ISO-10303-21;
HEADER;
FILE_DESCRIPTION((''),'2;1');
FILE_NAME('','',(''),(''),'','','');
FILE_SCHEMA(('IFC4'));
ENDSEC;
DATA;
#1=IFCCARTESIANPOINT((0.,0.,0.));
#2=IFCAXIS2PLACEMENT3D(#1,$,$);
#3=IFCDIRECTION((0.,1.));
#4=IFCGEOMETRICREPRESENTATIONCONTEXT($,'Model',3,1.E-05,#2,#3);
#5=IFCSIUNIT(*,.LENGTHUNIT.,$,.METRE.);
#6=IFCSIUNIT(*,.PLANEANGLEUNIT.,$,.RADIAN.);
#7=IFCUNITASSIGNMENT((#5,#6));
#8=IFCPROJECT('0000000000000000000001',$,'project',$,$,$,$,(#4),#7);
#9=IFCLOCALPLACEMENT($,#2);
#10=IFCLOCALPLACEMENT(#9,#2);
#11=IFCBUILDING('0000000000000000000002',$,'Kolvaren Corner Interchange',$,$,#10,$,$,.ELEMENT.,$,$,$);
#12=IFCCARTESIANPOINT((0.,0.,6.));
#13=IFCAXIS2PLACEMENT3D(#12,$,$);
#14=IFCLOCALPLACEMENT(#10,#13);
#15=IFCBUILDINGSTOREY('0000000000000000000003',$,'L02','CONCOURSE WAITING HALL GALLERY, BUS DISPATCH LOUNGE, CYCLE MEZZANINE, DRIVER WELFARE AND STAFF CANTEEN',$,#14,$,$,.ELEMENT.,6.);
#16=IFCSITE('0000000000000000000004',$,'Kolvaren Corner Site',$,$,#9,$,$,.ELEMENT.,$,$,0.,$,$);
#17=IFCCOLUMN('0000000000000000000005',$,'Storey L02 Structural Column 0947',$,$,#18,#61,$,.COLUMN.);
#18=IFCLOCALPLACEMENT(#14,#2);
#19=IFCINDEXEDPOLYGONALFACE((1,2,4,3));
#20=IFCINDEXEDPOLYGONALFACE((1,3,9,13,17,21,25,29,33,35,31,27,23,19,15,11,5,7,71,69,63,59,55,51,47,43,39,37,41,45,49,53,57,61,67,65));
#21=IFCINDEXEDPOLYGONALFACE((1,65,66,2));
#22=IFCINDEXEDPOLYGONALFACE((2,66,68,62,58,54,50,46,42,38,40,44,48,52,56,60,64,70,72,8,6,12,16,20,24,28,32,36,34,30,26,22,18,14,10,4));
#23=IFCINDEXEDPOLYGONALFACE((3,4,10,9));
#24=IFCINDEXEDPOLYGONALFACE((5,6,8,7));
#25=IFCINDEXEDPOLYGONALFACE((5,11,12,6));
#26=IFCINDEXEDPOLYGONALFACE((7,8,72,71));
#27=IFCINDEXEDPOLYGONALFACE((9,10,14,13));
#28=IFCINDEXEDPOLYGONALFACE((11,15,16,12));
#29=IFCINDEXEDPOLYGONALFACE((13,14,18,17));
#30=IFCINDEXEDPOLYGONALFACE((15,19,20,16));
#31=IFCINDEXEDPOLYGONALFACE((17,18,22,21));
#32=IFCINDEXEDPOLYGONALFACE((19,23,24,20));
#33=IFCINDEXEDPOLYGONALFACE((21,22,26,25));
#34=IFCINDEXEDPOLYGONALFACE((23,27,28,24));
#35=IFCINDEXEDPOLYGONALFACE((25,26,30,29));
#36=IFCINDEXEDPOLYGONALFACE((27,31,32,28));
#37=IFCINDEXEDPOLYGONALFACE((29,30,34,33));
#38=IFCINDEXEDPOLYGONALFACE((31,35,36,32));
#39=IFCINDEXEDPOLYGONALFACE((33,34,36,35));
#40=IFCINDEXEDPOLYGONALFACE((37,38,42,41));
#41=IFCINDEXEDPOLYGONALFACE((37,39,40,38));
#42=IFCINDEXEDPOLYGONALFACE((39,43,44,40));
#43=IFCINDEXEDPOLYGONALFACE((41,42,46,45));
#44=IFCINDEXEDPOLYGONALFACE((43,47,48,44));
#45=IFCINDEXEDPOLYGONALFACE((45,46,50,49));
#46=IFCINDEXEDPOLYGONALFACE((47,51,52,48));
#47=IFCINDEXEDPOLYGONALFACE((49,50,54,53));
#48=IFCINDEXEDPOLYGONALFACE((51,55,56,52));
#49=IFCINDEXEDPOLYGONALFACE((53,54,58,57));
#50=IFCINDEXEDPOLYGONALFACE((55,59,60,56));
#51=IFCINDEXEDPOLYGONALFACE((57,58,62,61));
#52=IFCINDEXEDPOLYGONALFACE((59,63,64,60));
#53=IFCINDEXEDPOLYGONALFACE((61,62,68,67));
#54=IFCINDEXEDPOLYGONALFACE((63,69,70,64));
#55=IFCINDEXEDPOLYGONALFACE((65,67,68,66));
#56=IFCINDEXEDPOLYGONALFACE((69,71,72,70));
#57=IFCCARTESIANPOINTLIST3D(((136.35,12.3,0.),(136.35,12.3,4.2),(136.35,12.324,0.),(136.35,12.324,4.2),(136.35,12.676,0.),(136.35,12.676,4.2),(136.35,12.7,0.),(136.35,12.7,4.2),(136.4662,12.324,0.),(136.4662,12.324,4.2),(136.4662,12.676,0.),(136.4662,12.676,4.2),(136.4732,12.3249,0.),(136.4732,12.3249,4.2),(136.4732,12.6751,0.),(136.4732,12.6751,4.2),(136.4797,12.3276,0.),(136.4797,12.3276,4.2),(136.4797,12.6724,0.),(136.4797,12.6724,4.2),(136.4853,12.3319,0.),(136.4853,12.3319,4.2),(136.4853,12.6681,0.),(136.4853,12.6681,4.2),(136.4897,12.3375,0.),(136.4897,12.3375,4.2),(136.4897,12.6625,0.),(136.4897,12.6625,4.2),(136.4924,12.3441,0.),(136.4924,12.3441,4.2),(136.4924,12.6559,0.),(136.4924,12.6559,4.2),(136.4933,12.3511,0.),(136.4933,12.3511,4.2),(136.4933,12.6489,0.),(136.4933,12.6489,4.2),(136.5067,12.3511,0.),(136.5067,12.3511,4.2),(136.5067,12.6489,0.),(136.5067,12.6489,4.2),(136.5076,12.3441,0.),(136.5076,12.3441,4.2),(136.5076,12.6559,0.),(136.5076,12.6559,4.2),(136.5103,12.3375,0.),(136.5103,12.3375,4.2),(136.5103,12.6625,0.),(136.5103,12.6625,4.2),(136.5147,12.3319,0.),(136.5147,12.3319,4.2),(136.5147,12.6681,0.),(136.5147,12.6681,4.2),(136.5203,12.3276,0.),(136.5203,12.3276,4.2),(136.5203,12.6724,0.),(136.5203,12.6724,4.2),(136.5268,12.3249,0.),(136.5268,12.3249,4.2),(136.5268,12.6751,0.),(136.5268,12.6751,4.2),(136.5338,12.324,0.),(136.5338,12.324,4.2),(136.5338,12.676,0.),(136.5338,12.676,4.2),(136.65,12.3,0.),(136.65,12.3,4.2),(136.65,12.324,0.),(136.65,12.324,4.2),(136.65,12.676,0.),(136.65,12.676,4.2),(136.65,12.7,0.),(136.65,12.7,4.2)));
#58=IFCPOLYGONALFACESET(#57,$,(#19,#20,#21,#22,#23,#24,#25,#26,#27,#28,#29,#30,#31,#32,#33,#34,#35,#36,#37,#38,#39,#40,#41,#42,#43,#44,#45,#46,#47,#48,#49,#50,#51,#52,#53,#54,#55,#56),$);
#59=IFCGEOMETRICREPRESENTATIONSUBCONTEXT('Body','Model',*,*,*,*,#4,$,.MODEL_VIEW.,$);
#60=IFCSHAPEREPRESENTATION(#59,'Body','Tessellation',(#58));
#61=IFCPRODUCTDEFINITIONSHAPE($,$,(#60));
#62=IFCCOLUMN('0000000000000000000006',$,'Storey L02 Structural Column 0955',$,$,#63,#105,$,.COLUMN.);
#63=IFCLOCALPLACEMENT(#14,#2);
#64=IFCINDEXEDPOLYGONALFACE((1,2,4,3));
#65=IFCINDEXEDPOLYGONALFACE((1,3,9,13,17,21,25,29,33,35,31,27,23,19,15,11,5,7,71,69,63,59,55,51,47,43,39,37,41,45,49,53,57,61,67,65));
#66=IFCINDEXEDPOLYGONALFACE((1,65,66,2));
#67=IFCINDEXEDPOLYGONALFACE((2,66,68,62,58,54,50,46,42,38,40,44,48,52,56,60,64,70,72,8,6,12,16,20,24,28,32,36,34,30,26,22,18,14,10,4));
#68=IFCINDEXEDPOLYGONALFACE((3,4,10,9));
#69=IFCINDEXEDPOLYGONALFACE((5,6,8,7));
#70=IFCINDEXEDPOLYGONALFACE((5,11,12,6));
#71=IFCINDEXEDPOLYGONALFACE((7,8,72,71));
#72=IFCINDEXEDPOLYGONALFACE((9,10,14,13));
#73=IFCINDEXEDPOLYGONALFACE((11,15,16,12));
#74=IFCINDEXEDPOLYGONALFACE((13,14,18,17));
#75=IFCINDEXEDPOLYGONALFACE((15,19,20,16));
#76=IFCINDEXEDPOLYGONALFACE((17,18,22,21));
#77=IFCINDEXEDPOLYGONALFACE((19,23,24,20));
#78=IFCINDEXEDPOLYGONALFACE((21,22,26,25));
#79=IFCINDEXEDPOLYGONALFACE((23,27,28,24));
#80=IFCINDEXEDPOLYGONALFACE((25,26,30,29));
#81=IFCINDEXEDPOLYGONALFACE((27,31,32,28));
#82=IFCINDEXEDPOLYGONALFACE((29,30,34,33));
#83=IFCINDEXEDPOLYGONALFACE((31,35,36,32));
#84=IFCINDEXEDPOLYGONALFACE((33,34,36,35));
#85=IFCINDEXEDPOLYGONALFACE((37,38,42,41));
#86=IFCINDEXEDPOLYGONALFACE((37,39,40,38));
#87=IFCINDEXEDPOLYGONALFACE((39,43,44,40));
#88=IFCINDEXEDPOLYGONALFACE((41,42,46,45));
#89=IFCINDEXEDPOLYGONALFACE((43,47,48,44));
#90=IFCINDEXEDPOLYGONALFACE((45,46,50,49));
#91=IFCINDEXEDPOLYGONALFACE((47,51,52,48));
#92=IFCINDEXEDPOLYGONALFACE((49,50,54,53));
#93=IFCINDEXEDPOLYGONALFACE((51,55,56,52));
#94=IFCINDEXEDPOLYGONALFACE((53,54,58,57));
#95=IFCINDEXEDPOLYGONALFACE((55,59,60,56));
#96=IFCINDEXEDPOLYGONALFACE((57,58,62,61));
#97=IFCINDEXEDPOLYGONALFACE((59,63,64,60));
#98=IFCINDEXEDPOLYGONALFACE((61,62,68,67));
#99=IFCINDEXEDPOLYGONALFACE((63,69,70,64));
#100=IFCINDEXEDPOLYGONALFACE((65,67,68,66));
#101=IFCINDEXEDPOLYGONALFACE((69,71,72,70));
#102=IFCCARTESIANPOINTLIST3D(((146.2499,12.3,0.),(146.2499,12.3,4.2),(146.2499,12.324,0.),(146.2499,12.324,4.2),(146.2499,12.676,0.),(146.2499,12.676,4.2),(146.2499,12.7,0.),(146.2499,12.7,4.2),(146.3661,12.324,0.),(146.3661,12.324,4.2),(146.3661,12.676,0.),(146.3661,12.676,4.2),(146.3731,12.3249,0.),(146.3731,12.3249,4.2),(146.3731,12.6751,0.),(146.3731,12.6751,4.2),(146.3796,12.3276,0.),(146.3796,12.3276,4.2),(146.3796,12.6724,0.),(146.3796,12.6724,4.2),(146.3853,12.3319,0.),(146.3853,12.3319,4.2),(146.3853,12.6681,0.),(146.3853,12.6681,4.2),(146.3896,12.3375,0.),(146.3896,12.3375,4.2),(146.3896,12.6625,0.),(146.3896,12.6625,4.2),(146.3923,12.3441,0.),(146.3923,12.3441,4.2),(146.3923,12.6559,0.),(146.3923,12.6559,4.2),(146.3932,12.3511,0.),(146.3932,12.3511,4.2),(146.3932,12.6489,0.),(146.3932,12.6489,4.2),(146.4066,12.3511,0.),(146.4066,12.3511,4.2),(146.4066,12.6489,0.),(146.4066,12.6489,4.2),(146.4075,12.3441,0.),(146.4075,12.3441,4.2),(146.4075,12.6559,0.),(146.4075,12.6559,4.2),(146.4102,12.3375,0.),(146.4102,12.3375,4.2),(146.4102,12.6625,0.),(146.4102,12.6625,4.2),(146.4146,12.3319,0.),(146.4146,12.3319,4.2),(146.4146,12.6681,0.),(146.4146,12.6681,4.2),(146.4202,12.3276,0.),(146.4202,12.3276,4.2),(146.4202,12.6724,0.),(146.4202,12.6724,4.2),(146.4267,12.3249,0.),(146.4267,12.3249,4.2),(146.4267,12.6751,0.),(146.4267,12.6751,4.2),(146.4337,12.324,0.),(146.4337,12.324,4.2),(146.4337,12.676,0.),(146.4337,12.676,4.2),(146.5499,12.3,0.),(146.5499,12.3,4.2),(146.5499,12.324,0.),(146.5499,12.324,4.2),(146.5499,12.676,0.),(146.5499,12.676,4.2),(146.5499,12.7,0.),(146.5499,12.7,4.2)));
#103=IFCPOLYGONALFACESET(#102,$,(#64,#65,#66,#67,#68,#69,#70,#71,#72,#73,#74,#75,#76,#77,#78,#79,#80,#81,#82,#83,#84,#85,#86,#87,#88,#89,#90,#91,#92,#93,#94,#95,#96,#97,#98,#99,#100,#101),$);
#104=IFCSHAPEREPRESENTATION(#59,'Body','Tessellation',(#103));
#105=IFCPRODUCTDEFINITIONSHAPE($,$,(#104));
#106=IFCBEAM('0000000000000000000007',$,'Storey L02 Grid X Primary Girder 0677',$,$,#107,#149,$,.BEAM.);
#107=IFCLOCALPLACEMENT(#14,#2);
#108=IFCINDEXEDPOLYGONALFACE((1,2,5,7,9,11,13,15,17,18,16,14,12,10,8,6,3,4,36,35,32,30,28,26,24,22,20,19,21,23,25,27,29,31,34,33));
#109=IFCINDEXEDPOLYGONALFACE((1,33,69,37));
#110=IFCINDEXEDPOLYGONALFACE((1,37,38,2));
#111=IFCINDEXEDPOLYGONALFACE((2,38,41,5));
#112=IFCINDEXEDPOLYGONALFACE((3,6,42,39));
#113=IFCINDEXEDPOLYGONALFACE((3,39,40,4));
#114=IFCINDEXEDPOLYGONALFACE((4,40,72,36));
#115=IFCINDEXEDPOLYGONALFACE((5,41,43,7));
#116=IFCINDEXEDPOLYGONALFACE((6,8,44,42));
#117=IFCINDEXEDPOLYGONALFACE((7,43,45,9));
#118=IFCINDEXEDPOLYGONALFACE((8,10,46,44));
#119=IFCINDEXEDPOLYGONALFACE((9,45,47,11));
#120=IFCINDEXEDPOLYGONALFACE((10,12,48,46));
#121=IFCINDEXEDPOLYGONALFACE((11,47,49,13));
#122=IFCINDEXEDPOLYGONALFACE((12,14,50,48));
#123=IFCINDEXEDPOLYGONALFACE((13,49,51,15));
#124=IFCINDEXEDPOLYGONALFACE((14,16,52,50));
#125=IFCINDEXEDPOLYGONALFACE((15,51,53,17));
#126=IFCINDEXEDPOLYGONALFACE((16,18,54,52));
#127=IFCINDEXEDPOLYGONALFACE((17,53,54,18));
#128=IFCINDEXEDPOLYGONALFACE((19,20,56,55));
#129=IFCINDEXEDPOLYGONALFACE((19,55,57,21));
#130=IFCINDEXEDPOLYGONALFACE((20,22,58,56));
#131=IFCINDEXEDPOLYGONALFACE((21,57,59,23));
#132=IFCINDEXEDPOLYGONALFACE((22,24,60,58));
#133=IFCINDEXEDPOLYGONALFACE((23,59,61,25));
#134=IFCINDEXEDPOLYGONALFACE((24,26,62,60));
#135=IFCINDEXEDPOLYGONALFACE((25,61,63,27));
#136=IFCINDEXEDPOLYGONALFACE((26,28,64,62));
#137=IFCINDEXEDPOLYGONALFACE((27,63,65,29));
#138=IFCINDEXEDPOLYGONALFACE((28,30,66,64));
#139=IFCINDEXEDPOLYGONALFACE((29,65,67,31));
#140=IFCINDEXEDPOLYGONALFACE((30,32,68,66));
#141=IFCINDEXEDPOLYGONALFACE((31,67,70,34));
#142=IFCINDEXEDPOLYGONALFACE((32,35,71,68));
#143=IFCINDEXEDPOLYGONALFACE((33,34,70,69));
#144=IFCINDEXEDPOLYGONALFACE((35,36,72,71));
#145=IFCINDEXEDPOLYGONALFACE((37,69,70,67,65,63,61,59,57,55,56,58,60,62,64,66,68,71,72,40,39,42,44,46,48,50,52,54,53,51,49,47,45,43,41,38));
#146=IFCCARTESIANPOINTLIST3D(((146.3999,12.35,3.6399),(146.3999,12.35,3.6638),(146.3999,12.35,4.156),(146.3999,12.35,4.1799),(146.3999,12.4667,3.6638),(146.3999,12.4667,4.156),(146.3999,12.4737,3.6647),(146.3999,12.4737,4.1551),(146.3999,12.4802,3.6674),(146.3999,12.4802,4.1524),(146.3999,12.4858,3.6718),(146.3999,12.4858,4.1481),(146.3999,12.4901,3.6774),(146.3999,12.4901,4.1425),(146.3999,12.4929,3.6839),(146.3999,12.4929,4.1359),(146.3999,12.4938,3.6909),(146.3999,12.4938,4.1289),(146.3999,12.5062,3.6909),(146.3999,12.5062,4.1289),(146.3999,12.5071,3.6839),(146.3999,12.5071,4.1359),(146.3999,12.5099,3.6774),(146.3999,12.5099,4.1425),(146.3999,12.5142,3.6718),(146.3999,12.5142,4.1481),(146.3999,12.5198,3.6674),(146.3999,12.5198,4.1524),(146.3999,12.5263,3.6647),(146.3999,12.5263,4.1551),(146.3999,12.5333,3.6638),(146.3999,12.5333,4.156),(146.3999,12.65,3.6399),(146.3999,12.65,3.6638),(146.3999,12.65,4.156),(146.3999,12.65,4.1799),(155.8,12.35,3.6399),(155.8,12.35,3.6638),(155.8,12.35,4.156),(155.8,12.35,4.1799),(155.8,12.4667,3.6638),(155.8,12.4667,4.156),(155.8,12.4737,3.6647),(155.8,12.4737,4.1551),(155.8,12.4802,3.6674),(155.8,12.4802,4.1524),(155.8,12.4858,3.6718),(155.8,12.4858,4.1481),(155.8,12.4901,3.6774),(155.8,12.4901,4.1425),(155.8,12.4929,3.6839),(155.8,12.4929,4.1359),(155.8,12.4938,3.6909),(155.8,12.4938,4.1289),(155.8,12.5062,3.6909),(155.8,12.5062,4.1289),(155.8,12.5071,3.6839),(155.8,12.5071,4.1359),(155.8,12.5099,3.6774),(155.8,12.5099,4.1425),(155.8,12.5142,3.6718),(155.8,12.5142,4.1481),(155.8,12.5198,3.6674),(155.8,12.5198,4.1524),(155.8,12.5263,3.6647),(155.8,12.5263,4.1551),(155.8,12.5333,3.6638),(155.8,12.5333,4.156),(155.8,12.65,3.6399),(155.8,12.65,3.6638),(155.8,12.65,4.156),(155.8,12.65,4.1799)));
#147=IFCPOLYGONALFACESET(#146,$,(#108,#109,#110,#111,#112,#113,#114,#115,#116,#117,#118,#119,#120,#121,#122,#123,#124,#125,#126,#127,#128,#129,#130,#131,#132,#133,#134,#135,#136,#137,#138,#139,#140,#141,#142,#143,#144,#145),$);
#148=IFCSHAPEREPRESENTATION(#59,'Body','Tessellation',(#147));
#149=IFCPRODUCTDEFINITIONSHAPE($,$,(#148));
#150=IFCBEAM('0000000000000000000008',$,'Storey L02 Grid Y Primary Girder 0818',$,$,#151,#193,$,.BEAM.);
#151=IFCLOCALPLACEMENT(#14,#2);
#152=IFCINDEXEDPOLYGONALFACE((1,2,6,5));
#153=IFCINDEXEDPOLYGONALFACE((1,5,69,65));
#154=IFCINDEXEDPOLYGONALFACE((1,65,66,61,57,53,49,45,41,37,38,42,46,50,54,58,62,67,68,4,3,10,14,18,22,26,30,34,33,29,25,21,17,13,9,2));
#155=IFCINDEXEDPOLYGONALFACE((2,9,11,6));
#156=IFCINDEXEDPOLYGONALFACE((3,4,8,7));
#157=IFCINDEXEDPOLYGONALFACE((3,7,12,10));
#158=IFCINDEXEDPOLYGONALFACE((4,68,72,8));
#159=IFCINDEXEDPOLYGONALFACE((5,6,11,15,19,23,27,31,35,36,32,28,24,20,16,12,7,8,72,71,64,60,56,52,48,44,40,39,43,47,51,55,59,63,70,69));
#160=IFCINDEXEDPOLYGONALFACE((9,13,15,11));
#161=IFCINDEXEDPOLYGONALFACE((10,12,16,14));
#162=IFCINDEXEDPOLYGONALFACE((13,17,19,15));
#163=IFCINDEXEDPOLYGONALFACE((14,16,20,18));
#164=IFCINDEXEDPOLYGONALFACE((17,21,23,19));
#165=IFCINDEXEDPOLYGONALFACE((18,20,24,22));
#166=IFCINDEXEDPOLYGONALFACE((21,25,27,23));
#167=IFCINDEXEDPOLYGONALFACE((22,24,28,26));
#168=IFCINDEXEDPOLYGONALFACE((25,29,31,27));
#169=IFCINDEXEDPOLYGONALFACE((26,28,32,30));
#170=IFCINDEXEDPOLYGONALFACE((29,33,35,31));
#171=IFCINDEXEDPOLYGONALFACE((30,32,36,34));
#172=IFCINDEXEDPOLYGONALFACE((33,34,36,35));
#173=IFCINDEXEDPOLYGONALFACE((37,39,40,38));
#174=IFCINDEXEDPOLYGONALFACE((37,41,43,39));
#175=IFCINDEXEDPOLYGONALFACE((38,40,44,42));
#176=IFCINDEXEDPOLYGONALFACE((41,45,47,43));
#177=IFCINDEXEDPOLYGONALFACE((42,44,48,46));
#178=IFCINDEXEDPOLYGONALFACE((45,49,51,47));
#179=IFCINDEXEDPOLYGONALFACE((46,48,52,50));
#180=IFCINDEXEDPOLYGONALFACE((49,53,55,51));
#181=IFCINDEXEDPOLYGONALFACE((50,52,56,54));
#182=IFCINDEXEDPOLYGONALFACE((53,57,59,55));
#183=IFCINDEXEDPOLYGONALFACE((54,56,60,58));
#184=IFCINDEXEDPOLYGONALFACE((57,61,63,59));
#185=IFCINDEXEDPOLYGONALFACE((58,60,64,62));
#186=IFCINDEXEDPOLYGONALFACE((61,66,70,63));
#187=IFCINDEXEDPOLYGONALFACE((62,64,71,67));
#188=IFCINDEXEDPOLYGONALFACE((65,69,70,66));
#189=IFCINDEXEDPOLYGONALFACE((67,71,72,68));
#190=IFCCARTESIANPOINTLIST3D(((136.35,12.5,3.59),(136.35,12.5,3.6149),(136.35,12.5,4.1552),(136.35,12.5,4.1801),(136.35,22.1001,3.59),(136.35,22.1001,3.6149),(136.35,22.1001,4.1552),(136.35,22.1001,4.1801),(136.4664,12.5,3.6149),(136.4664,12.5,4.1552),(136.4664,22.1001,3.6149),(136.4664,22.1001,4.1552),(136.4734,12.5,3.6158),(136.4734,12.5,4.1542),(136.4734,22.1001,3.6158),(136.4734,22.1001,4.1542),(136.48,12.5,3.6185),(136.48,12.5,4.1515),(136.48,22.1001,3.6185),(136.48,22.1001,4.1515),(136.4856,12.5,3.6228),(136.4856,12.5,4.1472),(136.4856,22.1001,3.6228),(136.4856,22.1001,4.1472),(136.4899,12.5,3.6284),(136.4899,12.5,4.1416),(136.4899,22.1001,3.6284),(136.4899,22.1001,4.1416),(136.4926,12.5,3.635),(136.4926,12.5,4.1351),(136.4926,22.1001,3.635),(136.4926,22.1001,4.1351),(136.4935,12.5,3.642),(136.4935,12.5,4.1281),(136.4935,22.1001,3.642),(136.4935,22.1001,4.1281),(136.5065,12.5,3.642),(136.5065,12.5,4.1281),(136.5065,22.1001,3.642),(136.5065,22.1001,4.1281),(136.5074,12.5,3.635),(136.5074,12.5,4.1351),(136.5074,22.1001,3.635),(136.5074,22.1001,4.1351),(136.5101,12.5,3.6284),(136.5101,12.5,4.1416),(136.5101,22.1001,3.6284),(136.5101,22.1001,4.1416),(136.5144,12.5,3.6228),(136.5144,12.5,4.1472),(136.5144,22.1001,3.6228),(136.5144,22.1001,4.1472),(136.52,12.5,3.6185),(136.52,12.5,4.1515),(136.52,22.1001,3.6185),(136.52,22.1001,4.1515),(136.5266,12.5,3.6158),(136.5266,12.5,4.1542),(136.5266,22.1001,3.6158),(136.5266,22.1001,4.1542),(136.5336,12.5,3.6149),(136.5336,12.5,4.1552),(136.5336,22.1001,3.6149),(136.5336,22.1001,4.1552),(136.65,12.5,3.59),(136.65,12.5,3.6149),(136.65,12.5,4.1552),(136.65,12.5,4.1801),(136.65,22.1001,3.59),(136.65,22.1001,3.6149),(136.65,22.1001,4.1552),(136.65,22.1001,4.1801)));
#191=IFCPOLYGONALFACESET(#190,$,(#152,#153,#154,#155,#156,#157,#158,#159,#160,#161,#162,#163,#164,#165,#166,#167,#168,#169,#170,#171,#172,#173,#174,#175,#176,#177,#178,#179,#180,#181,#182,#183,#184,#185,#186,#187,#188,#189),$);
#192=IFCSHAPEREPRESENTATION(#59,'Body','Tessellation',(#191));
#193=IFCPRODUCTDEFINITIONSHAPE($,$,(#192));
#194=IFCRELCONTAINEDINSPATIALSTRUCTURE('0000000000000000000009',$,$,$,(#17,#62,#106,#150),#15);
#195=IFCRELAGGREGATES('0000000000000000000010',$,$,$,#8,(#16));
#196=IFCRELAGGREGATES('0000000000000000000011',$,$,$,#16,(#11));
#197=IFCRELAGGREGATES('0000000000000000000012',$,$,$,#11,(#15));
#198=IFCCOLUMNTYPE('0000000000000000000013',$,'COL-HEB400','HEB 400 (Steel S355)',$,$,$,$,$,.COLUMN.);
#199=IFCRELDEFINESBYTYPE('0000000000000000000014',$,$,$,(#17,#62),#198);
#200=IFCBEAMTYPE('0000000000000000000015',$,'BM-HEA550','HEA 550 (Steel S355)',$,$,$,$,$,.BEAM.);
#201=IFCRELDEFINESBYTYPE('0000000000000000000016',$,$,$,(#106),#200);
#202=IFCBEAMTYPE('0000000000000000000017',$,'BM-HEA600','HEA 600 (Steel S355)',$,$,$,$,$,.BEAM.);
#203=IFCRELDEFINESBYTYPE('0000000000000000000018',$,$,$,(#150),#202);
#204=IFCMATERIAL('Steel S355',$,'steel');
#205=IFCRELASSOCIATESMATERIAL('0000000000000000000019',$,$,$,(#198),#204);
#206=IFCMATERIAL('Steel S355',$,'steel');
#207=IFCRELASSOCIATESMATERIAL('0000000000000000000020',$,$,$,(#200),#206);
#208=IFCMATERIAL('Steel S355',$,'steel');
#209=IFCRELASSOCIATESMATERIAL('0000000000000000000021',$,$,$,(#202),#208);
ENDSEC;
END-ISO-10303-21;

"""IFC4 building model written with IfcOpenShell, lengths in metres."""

from ifc_helpers import new_model, si_unit, direction, frame, origin, origin_2d, place, context, subcontext, project, spatial, i_section, extrude, material, material_profile, profile_set, type_object, element, save


model = new_model("IFC4")

# Units and contexts
model_context = context("Model", 3, precision=1e-05, world=origin(), true_north=direction((0.0, 1.0)))
body_context = subcontext(model_context, "Body", "Model", "MODEL_VIEW")
ifc_project = project(units=[si_unit("LENGTHUNIT", "METRE"), si_unit("PLANEANGLEUNIT", "RADIAN")], contexts=[model_context])

# Site, building, storey
site_placement = place(None, origin())
site = spatial("IfcSite", under=ifc_project, at=site_placement, Name="Kolvaren Corner Site", CompositionType="ELEMENT", RefElevation=0.0)
building_placement = place(site_placement, origin())
building = spatial("IfcBuilding", under=site, at=building_placement, Name="Kolvaren Corner Interchange", CompositionType="ELEMENT")
storey_placement = place(building_placement, frame((0.0, 0.0, 6.0)))
storey = spatial("IfcBuildingStorey", under=building, at=storey_placement, Name="L02", Description="CONCOURSE WAITING HALL GALLERY, BUS DISPATCH LOUNGE, CYCLE MEZZANINE, DRIVER WELFARE AND STAFF CANTEEN", CompositionType="ELEMENT", Elevation=6.0)

# Columns
ifc_material_1 = material(Name="Steel S355", Category="steel")
ifc_material_profile_1 = material_profile(ifc_material_1, i_section(OverallWidth=0.3, OverallDepth=0.3999, WebThickness=0.0134, FlangeThickness=0.0239, FilletRadius=0.0271, at=origin_2d()), Name="HEB 400")
ifc_profile_set_1 = profile_set([ifc_material_profile_1], Name="Steel S355")
column_type = type_object("IfcColumnType", Name="COL-HEB400", Description="HEB 400 (Steel S355)", PredefinedType="COLUMN", material=ifc_profile_set_1)
for number, where, z_axis, x_axis, name in (
    (1, (136.5, 12.5, 0.0), (0.0, 0.0, 1.0), (1.0, 0.0, 0.0), "Storey L02 Structural Column 0947"),
    (2, (146.3999, 12.5, 0.0), (0.0, 0.0, 1.0), (1.0, 0.0, 0.0), "Storey L02 Structural Column 0955"),
):
    element("IfcColumn", number, at=place(storey_placement, frame(where, z_axis=z_axis, x_axis=x_axis)), inside=storey, type_object=column_type, Name=name, PredefinedType="COLUMN", context=body_context, shape_type="SweptSolid", body=[
        extrude(i_section(OverallWidth=0.3, OverallDepth=0.3999, WebThickness=0.0134, FlangeThickness=0.0239, FilletRadius=0.0271, at=origin_2d()), origin(), (0.0, 0.0, 1.0), 4.2),
    ])

# Beams
ifc_material_2 = material(Name="Steel S355", Category="steel")
ifc_material_profile_2 = material_profile(ifc_material_2, i_section(OverallWidth=0.3, OverallDepth=0.54, WebThickness=0.0125, FlangeThickness=0.0239, FilletRadius=0.0271, at=origin_2d()), Name="HEA 550")
ifc_profile_set_2 = profile_set([ifc_material_profile_2], Name="Steel S355")
beam_type_1 = type_object("IfcBeamType", Name="BM-HEA550", Description="HEA 550 (Steel S355)", PredefinedType="BEAM", material=ifc_profile_set_2)
beam_1_placement = place(storey_placement, frame((146.3999, 12.5, 3.9099), z_axis=(1.0, 0.0, 0.0), x_axis=(0.0, 1.0, 0.0)))
element("IfcBeam", 3, at=beam_1_placement, inside=storey, type_object=beam_type_1, Name="Storey L02 Grid X Primary Girder 0677", PredefinedType="BEAM", context=body_context, shape_type="SweptSolid", body=[
    extrude(i_section(OverallWidth=0.3, OverallDepth=0.54, WebThickness=0.0125, FlangeThickness=0.0239, FilletRadius=0.0271, at=origin_2d()), origin(), (0.0, 0.0, 1.0), 9.4001),
])
ifc_material_3 = material(Name="Steel S355", Category="steel")
ifc_material_profile_3 = material_profile(ifc_material_3, i_section(OverallWidth=0.3, OverallDepth=0.5901, WebThickness=0.0129, FlangeThickness=0.0249, FilletRadius=0.0271, at=origin_2d()), Name="HEA 600")
ifc_profile_set_3 = profile_set([ifc_material_profile_3], Name="Steel S355")
beam_type_2 = type_object("IfcBeamType", Name="BM-HEA600", Description="HEA 600 (Steel S355)", PredefinedType="BEAM", material=ifc_profile_set_3)
beam_2_placement = place(storey_placement, frame((136.5, 12.5, 3.885), z_axis=(0.0, 1.0, 0.0), x_axis=(-1.0, 0.0, 0.0)))
element("IfcBeam", 4, at=beam_2_placement, inside=storey, type_object=beam_type_2, Name="Storey L02 Grid Y Primary Girder 0818", PredefinedType="BEAM", context=body_context, shape_type="SweptSolid", body=[
    extrude(i_section(OverallWidth=0.3, OverallDepth=0.5901, WebThickness=0.0129, FlangeThickness=0.0249, FilletRadius=0.0271, at=origin_2d()), origin(), (0.0, 0.0, 1.0), 9.6001),
])

save(model, "model.ifc")
